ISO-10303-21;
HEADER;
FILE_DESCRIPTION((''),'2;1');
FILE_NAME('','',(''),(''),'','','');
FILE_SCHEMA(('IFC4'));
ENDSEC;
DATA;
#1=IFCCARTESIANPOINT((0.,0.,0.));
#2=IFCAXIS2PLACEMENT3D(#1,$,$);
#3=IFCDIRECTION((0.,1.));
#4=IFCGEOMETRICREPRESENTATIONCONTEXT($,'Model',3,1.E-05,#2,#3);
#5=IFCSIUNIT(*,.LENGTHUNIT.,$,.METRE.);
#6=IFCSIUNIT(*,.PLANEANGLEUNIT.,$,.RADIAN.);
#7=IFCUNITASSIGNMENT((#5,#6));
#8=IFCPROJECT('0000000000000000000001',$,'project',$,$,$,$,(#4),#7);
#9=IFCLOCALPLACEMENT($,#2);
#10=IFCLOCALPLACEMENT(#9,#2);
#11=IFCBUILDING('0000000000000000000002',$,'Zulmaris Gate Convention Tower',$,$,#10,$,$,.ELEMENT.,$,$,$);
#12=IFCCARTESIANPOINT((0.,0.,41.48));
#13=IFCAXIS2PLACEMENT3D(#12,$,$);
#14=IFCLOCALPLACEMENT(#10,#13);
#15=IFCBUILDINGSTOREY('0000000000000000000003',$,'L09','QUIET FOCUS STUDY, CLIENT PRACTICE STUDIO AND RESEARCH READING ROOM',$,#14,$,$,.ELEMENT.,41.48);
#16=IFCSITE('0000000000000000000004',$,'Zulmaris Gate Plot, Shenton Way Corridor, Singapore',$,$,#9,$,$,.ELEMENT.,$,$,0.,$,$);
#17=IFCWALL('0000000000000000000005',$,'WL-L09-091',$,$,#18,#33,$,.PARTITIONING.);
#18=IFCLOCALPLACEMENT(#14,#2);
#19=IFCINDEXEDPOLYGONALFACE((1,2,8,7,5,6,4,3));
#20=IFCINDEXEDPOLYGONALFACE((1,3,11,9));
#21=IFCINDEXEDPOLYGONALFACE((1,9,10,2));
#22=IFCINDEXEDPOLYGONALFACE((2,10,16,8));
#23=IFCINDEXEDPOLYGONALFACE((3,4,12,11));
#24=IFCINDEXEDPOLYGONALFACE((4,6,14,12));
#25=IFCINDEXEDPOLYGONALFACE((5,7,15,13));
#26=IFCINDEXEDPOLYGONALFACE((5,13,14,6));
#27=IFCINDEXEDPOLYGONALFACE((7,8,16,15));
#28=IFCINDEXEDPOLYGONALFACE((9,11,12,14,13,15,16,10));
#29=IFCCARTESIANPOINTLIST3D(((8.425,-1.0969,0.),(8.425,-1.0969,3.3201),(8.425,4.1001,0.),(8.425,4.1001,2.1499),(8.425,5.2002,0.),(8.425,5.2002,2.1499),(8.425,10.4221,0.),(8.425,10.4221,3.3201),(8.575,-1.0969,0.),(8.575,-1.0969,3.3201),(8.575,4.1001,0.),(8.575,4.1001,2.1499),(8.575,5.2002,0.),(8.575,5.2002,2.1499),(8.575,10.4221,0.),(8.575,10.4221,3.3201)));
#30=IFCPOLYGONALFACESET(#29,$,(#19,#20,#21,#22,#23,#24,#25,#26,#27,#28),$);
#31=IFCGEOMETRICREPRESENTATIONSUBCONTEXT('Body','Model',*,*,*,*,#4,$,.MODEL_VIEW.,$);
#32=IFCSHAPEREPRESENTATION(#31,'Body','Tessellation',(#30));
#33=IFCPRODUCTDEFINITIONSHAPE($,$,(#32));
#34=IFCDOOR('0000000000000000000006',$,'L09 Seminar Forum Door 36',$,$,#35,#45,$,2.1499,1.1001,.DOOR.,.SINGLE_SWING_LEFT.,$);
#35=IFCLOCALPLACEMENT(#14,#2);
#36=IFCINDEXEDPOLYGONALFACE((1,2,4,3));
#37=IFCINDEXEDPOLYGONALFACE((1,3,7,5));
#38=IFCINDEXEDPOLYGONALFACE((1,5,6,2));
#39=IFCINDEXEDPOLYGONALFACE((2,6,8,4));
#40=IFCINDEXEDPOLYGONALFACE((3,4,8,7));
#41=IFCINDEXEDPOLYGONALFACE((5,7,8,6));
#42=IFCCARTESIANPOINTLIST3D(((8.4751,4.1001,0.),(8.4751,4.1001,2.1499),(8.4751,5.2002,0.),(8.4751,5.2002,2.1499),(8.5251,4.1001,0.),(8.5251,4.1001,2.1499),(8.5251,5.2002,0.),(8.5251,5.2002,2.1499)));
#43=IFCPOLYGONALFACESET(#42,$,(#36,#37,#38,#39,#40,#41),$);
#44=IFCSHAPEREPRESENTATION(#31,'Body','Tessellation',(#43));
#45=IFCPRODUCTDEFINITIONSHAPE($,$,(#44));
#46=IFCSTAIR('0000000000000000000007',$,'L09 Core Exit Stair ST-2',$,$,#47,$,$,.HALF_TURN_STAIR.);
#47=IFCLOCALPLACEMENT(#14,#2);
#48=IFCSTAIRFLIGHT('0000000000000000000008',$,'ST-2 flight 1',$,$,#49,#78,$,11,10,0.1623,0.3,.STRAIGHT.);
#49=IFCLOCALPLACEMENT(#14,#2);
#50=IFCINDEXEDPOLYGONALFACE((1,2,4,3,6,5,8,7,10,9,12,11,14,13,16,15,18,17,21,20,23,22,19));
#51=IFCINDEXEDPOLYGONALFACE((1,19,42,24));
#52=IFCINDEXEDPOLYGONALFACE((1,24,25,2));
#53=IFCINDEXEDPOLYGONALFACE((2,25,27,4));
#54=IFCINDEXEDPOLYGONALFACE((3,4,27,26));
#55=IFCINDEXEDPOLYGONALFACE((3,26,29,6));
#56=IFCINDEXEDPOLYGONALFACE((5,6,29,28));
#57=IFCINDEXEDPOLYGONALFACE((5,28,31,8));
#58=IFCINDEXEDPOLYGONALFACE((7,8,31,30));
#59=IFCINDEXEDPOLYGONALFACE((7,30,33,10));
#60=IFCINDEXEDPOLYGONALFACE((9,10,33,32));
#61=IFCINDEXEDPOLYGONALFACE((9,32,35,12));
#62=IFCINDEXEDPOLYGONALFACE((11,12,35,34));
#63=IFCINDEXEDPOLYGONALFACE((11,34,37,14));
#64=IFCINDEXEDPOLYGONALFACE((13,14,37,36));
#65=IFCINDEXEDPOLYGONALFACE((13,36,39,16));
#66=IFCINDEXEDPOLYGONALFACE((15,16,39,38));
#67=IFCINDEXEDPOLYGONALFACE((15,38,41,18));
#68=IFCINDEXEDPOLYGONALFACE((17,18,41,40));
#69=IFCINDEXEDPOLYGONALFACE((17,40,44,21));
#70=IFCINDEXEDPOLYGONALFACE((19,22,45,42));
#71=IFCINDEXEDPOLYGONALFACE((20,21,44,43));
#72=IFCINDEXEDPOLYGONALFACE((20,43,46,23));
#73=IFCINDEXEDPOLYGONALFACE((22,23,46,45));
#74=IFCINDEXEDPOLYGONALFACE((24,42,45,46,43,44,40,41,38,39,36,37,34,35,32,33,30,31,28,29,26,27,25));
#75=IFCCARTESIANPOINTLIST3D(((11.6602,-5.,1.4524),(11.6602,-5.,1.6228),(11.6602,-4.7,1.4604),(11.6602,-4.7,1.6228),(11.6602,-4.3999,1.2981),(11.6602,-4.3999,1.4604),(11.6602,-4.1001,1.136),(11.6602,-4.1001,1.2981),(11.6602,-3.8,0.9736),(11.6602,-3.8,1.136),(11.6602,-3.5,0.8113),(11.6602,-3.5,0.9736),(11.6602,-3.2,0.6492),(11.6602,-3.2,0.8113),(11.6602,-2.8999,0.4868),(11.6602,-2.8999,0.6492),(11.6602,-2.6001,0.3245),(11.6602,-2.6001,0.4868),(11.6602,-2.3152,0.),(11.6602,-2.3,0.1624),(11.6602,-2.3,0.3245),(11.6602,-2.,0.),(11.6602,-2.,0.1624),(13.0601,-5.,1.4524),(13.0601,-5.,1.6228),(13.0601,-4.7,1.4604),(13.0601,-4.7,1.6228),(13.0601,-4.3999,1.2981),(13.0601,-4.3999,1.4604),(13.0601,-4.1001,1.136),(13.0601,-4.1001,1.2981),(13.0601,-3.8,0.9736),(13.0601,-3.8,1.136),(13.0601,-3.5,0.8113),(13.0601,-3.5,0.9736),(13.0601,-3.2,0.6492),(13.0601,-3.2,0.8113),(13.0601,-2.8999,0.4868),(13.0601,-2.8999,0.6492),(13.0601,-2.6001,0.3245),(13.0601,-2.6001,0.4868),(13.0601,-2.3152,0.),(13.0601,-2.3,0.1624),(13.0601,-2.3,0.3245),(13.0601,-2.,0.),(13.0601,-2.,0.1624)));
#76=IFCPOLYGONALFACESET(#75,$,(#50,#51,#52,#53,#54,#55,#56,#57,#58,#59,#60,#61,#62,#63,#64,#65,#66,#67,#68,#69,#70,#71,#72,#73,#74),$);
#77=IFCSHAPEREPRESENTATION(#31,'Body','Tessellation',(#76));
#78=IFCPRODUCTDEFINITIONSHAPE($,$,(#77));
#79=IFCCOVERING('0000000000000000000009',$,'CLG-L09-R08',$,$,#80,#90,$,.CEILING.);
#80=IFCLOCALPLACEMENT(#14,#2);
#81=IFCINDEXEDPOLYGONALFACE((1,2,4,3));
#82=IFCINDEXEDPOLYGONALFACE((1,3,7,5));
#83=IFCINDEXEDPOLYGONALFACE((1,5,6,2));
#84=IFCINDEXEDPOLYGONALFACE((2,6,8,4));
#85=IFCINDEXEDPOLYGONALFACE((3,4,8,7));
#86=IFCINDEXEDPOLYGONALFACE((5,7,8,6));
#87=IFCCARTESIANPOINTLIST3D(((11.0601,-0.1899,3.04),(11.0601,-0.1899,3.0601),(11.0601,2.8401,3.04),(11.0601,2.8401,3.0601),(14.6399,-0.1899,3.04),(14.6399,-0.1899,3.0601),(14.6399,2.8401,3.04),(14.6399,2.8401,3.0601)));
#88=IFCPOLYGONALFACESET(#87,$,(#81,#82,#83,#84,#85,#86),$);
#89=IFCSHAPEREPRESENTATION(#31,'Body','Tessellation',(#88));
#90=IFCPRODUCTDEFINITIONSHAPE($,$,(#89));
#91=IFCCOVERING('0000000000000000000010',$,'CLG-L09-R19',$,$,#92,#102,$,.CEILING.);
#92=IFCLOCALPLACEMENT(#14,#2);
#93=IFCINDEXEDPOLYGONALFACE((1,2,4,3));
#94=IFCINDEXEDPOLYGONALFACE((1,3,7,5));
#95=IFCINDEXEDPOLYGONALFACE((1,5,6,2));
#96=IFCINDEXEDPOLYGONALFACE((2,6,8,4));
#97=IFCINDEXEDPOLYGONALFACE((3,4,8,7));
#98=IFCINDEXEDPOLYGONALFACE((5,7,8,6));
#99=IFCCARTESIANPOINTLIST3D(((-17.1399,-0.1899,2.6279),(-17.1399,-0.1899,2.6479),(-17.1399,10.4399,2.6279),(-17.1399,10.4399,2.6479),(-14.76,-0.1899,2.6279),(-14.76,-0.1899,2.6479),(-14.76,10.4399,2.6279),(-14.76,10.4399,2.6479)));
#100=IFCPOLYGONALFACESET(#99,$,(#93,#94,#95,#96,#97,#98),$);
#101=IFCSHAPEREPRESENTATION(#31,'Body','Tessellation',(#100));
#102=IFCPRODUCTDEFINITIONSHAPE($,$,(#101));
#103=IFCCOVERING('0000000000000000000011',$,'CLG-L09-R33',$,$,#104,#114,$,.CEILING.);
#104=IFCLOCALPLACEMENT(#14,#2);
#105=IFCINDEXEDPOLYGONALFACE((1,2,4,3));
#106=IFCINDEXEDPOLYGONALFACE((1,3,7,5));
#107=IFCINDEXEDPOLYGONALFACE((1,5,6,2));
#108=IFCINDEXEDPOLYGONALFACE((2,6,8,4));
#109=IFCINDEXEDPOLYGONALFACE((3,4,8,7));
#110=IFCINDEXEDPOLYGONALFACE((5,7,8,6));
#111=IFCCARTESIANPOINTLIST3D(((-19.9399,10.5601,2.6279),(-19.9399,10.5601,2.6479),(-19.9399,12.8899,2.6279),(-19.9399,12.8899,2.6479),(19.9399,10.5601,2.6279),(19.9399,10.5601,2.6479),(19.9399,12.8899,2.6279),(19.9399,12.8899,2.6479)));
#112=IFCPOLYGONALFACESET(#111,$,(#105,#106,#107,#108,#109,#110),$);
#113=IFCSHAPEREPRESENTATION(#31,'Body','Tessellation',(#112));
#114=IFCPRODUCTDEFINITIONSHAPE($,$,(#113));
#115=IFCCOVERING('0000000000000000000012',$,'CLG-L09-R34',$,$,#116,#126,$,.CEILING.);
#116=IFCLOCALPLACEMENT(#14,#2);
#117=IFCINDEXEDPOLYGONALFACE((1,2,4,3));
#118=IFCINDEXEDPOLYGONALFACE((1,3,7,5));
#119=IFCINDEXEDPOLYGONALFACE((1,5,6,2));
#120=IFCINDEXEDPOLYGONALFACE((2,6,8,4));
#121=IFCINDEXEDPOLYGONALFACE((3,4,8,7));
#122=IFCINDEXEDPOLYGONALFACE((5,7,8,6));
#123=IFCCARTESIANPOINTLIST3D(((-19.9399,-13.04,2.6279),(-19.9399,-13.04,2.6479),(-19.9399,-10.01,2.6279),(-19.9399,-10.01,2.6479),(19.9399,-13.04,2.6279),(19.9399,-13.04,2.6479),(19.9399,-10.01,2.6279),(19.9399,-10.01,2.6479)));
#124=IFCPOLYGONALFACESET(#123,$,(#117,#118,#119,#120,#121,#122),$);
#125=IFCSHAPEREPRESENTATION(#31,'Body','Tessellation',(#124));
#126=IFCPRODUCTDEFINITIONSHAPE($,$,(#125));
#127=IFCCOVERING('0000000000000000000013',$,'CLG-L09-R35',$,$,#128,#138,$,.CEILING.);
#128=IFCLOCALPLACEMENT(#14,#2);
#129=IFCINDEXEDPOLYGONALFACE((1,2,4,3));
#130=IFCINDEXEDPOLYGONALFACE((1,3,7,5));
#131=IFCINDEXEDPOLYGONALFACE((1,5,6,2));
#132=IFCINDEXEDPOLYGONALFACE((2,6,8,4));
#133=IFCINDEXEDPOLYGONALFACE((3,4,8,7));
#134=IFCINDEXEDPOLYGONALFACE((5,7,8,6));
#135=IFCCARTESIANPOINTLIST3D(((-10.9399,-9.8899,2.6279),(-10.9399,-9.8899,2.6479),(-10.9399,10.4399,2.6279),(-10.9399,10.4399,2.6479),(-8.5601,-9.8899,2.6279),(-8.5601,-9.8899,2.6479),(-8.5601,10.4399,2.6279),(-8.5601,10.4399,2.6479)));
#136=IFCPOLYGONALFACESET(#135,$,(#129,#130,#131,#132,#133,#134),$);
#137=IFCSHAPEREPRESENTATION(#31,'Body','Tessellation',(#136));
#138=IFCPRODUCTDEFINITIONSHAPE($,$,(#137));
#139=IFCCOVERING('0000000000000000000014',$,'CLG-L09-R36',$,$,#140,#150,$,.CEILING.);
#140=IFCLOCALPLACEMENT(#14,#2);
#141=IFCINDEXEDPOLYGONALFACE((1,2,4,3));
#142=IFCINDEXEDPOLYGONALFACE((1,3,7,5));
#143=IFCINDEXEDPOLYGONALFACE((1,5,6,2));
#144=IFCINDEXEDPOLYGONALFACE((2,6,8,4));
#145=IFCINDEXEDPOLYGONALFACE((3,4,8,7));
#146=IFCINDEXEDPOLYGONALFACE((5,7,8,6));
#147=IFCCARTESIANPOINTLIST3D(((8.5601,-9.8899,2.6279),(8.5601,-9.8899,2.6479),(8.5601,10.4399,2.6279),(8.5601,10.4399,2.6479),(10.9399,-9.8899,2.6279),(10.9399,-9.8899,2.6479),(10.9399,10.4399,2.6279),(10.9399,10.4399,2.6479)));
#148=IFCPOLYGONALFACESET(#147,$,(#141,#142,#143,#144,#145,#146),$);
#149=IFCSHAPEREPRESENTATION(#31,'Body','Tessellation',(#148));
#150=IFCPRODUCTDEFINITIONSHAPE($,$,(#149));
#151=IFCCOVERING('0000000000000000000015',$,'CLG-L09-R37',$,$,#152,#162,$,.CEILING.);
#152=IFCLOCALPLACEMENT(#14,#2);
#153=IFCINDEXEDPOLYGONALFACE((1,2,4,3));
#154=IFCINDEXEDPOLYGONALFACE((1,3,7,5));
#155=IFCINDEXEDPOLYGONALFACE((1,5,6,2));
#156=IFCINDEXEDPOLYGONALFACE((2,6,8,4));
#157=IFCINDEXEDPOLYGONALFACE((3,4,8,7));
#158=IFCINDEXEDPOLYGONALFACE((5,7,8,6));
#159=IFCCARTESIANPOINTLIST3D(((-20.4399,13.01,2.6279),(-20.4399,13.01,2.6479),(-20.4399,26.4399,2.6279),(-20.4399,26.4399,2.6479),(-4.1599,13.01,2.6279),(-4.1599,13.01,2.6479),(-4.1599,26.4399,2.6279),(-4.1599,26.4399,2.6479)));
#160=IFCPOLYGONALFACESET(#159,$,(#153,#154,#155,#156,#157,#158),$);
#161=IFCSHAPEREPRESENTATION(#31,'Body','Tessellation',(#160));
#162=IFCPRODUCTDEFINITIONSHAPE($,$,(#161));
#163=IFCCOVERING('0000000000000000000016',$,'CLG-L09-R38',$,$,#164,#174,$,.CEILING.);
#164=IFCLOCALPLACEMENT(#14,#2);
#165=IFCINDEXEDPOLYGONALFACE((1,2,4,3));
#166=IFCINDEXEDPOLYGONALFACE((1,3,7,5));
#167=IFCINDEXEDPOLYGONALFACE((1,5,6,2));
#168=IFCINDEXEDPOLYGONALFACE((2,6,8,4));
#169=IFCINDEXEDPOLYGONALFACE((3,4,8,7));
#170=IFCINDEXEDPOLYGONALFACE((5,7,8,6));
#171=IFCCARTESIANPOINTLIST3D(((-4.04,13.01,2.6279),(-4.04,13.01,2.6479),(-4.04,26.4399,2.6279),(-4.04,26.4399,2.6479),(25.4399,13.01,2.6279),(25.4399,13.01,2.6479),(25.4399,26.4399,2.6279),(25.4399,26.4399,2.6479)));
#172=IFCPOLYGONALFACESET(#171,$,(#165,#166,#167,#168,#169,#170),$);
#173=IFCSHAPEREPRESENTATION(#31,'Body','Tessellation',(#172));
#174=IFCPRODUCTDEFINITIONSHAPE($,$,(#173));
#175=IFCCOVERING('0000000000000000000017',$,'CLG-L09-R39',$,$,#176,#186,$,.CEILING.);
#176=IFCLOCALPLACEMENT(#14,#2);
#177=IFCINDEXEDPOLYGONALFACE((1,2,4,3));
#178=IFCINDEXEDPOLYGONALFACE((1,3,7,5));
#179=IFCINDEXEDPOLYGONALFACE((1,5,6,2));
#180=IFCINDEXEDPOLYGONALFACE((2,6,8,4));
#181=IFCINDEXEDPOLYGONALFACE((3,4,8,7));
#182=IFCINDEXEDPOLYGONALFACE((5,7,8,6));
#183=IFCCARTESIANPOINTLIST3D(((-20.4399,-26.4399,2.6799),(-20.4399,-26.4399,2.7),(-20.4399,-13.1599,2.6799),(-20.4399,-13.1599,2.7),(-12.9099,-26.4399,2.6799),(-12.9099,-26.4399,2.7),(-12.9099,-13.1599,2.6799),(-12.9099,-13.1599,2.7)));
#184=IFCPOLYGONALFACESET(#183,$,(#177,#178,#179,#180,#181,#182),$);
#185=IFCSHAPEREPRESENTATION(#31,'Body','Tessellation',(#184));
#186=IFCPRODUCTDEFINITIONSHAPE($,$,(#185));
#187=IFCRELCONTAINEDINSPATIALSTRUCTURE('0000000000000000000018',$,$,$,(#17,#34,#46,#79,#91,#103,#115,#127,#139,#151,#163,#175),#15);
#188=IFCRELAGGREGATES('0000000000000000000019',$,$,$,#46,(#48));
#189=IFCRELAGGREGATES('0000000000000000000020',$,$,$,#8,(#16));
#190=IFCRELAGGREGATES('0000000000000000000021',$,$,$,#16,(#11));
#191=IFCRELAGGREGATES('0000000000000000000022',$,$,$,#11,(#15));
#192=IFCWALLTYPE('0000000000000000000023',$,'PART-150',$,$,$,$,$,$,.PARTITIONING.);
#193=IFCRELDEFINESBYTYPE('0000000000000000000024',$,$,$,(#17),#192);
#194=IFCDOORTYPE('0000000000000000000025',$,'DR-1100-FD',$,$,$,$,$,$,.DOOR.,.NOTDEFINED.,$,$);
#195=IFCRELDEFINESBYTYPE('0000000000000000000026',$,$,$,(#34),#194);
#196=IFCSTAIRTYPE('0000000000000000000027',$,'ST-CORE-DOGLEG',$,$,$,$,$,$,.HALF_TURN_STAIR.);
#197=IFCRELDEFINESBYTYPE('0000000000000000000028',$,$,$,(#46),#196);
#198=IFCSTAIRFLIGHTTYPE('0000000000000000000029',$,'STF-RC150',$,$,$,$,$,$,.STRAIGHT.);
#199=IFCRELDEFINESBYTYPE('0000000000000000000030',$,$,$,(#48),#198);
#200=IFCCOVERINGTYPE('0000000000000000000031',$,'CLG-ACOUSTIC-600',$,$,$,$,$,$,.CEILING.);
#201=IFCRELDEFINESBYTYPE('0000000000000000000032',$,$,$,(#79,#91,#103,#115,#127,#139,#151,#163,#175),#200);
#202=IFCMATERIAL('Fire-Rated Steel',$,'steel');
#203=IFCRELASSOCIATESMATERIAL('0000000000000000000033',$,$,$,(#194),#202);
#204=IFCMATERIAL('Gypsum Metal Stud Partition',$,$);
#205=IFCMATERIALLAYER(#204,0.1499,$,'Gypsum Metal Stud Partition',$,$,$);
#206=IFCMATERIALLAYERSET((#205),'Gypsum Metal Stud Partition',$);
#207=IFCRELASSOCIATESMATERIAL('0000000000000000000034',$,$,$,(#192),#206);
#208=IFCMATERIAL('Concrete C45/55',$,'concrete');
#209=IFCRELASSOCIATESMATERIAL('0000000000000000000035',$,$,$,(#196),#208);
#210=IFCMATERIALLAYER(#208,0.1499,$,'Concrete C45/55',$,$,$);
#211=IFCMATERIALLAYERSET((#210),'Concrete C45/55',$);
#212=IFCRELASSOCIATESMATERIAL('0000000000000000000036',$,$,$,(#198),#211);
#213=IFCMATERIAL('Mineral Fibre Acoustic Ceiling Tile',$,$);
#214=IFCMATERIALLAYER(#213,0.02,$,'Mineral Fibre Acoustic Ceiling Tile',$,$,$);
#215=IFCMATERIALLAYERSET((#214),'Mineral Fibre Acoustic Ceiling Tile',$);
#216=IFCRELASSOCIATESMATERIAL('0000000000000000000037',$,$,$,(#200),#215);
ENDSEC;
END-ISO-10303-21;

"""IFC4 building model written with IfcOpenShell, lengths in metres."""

from ifc_helpers import new_model, si_unit, direction, frame, frame_2d, origin, place, context, subcontext, project, spatial, polyline, rectangle, outline, extrude, material, layer, layer_set, type_object, element, fill, aggregate, save


model = new_model("IFC4")

# Units and contexts
model_context = context("Model", 3, precision=1e-05, world=origin(), true_north=direction((0.0, 1.0)))
body_context = subcontext(model_context, "Body", "Model", "MODEL_VIEW")
ifc_project = project(units=[si_unit("LENGTHUNIT", "METRE"), si_unit("PLANEANGLEUNIT", "RADIAN")], contexts=[model_context])

# Site, building, storey
site_placement = place(None, origin())
site = spatial("IfcSite", under=ifc_project, at=site_placement, Name="Zulmaris Gate Plot, Shenton Way Corridor, Singapore", CompositionType="ELEMENT", RefElevation=0.0)
building_placement = place(site_placement, origin())
building = spatial("IfcBuilding", under=site, at=building_placement, Name="Zulmaris Gate Convention Tower", CompositionType="ELEMENT")
storey_placement = place(building_placement, frame((0.0, 0.0, 41.48)))
storey = spatial("IfcBuildingStorey", under=building, at=storey_placement, Name="L09", Description="QUIET FOCUS STUDY, CLIENT PRACTICE STUDIO AND RESEARCH READING ROOM", CompositionType="ELEMENT", Elevation=41.48)

# Wall, opening, door
ifc_material_1 = material(Name="Fire-Rated Steel", Category="steel")
door_type = type_object("IfcDoorType", Name="DR-1100-FD", OperationType="NOTDEFINED", PredefinedType="DOOR", material=ifc_material_1)
ifc_material_2 = material(Name="Gypsum Metal Stud Partition")
ifc_layer_1 = layer(ifc_material_2, 0.1499, Name="Gypsum Metal Stud Partition")
ifc_layer_set_1 = layer_set([ifc_layer_1], Name="Gypsum Metal Stud Partition")
wall_type_1 = type_object("IfcWallType", Name="PART-150", PredefinedType="PARTITIONING", material=ifc_layer_set_1)
wall_1_placement = place(storey_placement, frame((8.5, -1.0969, 0.0), z_axis=(0.0, 0.0, 1.0), x_axis=(0.0, 1.0, 0.0)))
wall_1 = element("IfcWall", 1, at=wall_1_placement, inside=storey, type_object=wall_type_1, Name="WL-L09-091", PredefinedType="PARTITIONING", context=body_context, shape_type="SweptSolid", body=[
    extrude(rectangle(XDim=11.519, YDim=0.1499, at=frame_2d((5.7595, 0.0))), origin(), (0.0, 0.0, 1.0), 3.3201),
])
opening_1_placement = place(wall_1_placement, frame((5.197, 0.0, 0.0)))
opening_1 = element("IfcOpeningElement", 2, at=opening_1_placement, cuts=wall_1, PredefinedType="OPENING", context=body_context, shape_type="SweptSolid", body=[
    extrude(rectangle(XDim=1.1001, YDim=2.1499, at=frame_2d((0.55, 1.075))), frame((0.0, 0.085, 0.0), z_axis=(0.0, -1.0, 0.0), x_axis=(1.0, 0.0, 0.0)), (0.0, 0.0, 1.0), 0.1699),
])
door_1_placement = place(opening_1_placement, origin())
door_1 = element("IfcDoor", 3, at=door_1_placement, inside=storey, type_object=door_type, Name="L09 Seminar Forum Door 36", OperationType="SINGLE_SWING_LEFT", OverallHeight=2.1499, OverallWidth=1.1001, PredefinedType="DOOR", context=body_context, shape_type="SweptSolid", body=[
    extrude(rectangle(XDim=1.1001, YDim=2.1499, at=frame_2d((0.55, 1.075))), frame((0.0, 0.0249, 0.0), z_axis=(0.0, -1.0, 0.0), x_axis=(1.0, 0.0, 0.0)), (0.0, 0.0, 1.0), 0.05),
])
fill(opening_1, door_1)

# Stair, stair flight
ifc_material_3 = material(Name="Concrete C45/55", Category="concrete")
stair_type = type_object("IfcStairType", Name="ST-CORE-DOGLEG", PredefinedType="HALF_TURN_STAIR", material=ifc_material_3)
stair_placement = place(storey_placement, origin())
stair = element("IfcStair", 4, at=stair_placement, inside=storey, type_object=stair_type, Name="L09 Core Exit Stair ST-2", PredefinedType="HALF_TURN_STAIR")
ifc_layer_2 = layer(ifc_material_3, 0.1499, Name="Concrete C45/55")
ifc_layer_set_2 = layer_set([ifc_layer_2], Name="Concrete C45/55")
stair_flight_type = type_object("IfcStairFlightType", Name="STF-RC150", PredefinedType="STRAIGHT", material=ifc_layer_set_2)
stair_flight_placement = place(storey_placement, frame((12.3601, -2.0, 0.0), z_axis=(0.0, 0.0, 1.0), x_axis=(0.0, -1.0, 0.0)))
stair_flight = element("IfcStairFlight", 5, at=stair_flight_placement, type_object=stair_flight_type, Name="ST-2 flight 1", NumberOfRisers=11, NumberOfTreads=10, PredefinedType="STRAIGHT", RiserHeight=0.1623, TreadLength=0.3, context=body_context, shape_type="SweptSolid", body=[
    extrude(outline(polyline([(0.0, 0.0), (0.0, 0.1624), (0.3, 0.1624), (0.3, 0.3245), (0.6001, 0.3245), (0.6001, 0.4868), (0.8999, 0.4868), (0.8999, 0.6492), (1.2, 0.6492), (1.2, 0.8113), (1.5, 0.8113), (1.5, 0.9736), (1.8, 0.9736), (1.8, 1.136), (2.1001, 1.136), (2.1001, 1.2981), (2.3999, 1.2981), (2.3999, 1.4604), (2.7, 1.4604), (2.7, 1.6228), (3.0, 1.6228), (3.0, 1.7849), (3.0, 1.4524), (0.3152, 0.0), (0.0, 0.0)])), frame((0.0, 0.7, 0.0), z_axis=(0.0, -1.0, 0.0), x_axis=(1.0, 0.0, 0.0)), (0.0, 0.0, 1.0), 1.3999),
])
aggregate(stair, [stair_flight])

# Coverings
ifc_material_4 = material(Name="Mineral Fibre Acoustic Ceiling Tile")
ifc_layer_3 = layer(ifc_material_4, 0.02, Name="Mineral Fibre Acoustic Ceiling Tile")
ifc_layer_set_3 = layer_set([ifc_layer_3], Name="Mineral Fibre Acoustic Ceiling Tile")
covering_type_1 = type_object("IfcCoveringType", Name="CLG-ACOUSTIC-600", PredefinedType="CEILING", material=ifc_layer_set_3)
covering_1_placement = place(storey_placement, frame((0.0, 0.0, 3.04)))
element("IfcCovering", 6, at=covering_1_placement, inside=storey, type_object=covering_type_1, Name="CLG-L09-R08", PredefinedType="CEILING", context=body_context, shape_type="SweptSolid", body=[
    extrude(outline(polyline([(11.0601, -0.1899), (14.6399, -0.1899), (14.6399, 2.8401), (11.0601, 2.8401), (11.0601, -0.1899)])), origin(), (0.0, 0.0, 1.0), 0.02),
])
covering_2_placement = place(storey_placement, frame((0.0, 0.0, 2.6279)))
element("IfcCovering", 7, at=covering_2_placement, inside=storey, type_object=covering_type_1, Name="CLG-L09-R19", PredefinedType="CEILING", context=body_context, shape_type="SweptSolid", body=[
    extrude(outline(polyline([(-17.1399, -0.1899), (-14.76, -0.1899), (-14.76, 10.4399), (-17.1399, 10.4399), (-17.1399, -0.1899)])), origin(), (0.0, 0.0, 1.0), 0.02),
])
covering_3_placement = place(storey_placement, frame((0.0, 0.0, 2.6279)))
element("IfcCovering", 8, at=covering_3_placement, inside=storey, type_object=covering_type_1, Name="CLG-L09-R33", PredefinedType="CEILING", context=body_context, shape_type="SweptSolid", body=[
    extrude(outline(polyline([(-19.9399, 10.5601), (19.9399, 10.5601), (19.9399, 12.8899), (-19.9399, 12.8899), (-19.9399, 10.5601)])), origin(), (0.0, 0.0, 1.0), 0.02),
])
covering_4_placement = place(storey_placement, frame((0.0, 0.0, 2.6279)))
element("IfcCovering", 9, at=covering_4_placement, inside=storey, type_object=covering_type_1, Name="CLG-L09-R34", PredefinedType="CEILING", context=body_context, shape_type="SweptSolid", body=[
    extrude(outline(polyline([(-19.9399, -13.04), (19.9399, -13.04), (19.9399, -10.01), (-19.9399, -10.01), (-19.9399, -13.04)])), origin(), (0.0, 0.0, 1.0), 0.02),
])
covering_5_placement = place(storey_placement, frame((0.0, 0.0, 2.6279)))
element("IfcCovering", 10, at=covering_5_placement, inside=storey, type_object=covering_type_1, Name="CLG-L09-R35", PredefinedType="CEILING", context=body_context, shape_type="SweptSolid", body=[
    extrude(outline(polyline([(-10.9399, -9.8899), (-8.5601, -9.8899), (-8.5601, 10.4399), (-10.9399, 10.4399), (-10.9399, -9.8899)])), origin(), (0.0, 0.0, 1.0), 0.02),
])
covering_6_placement = place(storey_placement, frame((0.0, 0.0, 2.6279)))
element("IfcCovering", 11, at=covering_6_placement, inside=storey, type_object=covering_type_1, Name="CLG-L09-R36", PredefinedType="CEILING", context=body_context, shape_type="SweptSolid", body=[
    extrude(outline(polyline([(8.5601, -9.8899), (10.9399, -9.8899), (10.9399, 10.4399), (8.5601, 10.4399), (8.5601, -9.8899)])), origin(), (0.0, 0.0, 1.0), 0.02),
])
covering_7_placement = place(storey_placement, frame((0.0, 0.0, 2.6279)))
element("IfcCovering", 12, at=covering_7_placement, inside=storey, type_object=covering_type_1, Name="CLG-L09-R37", PredefinedType="CEILING", context=body_context, shape_type="SweptSolid", body=[
    extrude(outline(polyline([(-20.4399, 13.01), (-4.1599, 13.01), (-4.1599, 26.4399), (-20.4399, 26.4399), (-20.4399, 13.01)])), origin(), (0.0, 0.0, 1.0), 0.02),
])
covering_8_placement = place(storey_placement, frame((0.0, 0.0, 2.6279)))
element("IfcCovering", 13, at=covering_8_placement, inside=storey, type_object=covering_type_1, Name="CLG-L09-R38", PredefinedType="CEILING", context=body_context, shape_type="SweptSolid", body=[
    extrude(outline(polyline([(-4.04, 13.01), (25.4399, 13.01), (25.4399, 26.4399), (-4.04, 26.4399), (-4.04, 13.01)])), origin(), (0.0, 0.0, 1.0), 0.02),
])
covering_9_placement = place(storey_placement, frame((0.0, 0.0, 2.6799)))
element("IfcCovering", 14, at=covering_9_placement, inside=storey, type_object=covering_type_1, Name="CLG-L09-R39", PredefinedType="CEILING", context=body_context, shape_type="SweptSolid", body=[
    extrude(outline(polyline([(-20.4399, -26.4399), (-12.9099, -26.4399), (-12.9099, -13.1599), (-20.4399, -13.1599), (-20.4399, -26.4399)])), origin(), (0.0, 0.0, 1.0), 0.02),
])

save(model, "model.ifc")
